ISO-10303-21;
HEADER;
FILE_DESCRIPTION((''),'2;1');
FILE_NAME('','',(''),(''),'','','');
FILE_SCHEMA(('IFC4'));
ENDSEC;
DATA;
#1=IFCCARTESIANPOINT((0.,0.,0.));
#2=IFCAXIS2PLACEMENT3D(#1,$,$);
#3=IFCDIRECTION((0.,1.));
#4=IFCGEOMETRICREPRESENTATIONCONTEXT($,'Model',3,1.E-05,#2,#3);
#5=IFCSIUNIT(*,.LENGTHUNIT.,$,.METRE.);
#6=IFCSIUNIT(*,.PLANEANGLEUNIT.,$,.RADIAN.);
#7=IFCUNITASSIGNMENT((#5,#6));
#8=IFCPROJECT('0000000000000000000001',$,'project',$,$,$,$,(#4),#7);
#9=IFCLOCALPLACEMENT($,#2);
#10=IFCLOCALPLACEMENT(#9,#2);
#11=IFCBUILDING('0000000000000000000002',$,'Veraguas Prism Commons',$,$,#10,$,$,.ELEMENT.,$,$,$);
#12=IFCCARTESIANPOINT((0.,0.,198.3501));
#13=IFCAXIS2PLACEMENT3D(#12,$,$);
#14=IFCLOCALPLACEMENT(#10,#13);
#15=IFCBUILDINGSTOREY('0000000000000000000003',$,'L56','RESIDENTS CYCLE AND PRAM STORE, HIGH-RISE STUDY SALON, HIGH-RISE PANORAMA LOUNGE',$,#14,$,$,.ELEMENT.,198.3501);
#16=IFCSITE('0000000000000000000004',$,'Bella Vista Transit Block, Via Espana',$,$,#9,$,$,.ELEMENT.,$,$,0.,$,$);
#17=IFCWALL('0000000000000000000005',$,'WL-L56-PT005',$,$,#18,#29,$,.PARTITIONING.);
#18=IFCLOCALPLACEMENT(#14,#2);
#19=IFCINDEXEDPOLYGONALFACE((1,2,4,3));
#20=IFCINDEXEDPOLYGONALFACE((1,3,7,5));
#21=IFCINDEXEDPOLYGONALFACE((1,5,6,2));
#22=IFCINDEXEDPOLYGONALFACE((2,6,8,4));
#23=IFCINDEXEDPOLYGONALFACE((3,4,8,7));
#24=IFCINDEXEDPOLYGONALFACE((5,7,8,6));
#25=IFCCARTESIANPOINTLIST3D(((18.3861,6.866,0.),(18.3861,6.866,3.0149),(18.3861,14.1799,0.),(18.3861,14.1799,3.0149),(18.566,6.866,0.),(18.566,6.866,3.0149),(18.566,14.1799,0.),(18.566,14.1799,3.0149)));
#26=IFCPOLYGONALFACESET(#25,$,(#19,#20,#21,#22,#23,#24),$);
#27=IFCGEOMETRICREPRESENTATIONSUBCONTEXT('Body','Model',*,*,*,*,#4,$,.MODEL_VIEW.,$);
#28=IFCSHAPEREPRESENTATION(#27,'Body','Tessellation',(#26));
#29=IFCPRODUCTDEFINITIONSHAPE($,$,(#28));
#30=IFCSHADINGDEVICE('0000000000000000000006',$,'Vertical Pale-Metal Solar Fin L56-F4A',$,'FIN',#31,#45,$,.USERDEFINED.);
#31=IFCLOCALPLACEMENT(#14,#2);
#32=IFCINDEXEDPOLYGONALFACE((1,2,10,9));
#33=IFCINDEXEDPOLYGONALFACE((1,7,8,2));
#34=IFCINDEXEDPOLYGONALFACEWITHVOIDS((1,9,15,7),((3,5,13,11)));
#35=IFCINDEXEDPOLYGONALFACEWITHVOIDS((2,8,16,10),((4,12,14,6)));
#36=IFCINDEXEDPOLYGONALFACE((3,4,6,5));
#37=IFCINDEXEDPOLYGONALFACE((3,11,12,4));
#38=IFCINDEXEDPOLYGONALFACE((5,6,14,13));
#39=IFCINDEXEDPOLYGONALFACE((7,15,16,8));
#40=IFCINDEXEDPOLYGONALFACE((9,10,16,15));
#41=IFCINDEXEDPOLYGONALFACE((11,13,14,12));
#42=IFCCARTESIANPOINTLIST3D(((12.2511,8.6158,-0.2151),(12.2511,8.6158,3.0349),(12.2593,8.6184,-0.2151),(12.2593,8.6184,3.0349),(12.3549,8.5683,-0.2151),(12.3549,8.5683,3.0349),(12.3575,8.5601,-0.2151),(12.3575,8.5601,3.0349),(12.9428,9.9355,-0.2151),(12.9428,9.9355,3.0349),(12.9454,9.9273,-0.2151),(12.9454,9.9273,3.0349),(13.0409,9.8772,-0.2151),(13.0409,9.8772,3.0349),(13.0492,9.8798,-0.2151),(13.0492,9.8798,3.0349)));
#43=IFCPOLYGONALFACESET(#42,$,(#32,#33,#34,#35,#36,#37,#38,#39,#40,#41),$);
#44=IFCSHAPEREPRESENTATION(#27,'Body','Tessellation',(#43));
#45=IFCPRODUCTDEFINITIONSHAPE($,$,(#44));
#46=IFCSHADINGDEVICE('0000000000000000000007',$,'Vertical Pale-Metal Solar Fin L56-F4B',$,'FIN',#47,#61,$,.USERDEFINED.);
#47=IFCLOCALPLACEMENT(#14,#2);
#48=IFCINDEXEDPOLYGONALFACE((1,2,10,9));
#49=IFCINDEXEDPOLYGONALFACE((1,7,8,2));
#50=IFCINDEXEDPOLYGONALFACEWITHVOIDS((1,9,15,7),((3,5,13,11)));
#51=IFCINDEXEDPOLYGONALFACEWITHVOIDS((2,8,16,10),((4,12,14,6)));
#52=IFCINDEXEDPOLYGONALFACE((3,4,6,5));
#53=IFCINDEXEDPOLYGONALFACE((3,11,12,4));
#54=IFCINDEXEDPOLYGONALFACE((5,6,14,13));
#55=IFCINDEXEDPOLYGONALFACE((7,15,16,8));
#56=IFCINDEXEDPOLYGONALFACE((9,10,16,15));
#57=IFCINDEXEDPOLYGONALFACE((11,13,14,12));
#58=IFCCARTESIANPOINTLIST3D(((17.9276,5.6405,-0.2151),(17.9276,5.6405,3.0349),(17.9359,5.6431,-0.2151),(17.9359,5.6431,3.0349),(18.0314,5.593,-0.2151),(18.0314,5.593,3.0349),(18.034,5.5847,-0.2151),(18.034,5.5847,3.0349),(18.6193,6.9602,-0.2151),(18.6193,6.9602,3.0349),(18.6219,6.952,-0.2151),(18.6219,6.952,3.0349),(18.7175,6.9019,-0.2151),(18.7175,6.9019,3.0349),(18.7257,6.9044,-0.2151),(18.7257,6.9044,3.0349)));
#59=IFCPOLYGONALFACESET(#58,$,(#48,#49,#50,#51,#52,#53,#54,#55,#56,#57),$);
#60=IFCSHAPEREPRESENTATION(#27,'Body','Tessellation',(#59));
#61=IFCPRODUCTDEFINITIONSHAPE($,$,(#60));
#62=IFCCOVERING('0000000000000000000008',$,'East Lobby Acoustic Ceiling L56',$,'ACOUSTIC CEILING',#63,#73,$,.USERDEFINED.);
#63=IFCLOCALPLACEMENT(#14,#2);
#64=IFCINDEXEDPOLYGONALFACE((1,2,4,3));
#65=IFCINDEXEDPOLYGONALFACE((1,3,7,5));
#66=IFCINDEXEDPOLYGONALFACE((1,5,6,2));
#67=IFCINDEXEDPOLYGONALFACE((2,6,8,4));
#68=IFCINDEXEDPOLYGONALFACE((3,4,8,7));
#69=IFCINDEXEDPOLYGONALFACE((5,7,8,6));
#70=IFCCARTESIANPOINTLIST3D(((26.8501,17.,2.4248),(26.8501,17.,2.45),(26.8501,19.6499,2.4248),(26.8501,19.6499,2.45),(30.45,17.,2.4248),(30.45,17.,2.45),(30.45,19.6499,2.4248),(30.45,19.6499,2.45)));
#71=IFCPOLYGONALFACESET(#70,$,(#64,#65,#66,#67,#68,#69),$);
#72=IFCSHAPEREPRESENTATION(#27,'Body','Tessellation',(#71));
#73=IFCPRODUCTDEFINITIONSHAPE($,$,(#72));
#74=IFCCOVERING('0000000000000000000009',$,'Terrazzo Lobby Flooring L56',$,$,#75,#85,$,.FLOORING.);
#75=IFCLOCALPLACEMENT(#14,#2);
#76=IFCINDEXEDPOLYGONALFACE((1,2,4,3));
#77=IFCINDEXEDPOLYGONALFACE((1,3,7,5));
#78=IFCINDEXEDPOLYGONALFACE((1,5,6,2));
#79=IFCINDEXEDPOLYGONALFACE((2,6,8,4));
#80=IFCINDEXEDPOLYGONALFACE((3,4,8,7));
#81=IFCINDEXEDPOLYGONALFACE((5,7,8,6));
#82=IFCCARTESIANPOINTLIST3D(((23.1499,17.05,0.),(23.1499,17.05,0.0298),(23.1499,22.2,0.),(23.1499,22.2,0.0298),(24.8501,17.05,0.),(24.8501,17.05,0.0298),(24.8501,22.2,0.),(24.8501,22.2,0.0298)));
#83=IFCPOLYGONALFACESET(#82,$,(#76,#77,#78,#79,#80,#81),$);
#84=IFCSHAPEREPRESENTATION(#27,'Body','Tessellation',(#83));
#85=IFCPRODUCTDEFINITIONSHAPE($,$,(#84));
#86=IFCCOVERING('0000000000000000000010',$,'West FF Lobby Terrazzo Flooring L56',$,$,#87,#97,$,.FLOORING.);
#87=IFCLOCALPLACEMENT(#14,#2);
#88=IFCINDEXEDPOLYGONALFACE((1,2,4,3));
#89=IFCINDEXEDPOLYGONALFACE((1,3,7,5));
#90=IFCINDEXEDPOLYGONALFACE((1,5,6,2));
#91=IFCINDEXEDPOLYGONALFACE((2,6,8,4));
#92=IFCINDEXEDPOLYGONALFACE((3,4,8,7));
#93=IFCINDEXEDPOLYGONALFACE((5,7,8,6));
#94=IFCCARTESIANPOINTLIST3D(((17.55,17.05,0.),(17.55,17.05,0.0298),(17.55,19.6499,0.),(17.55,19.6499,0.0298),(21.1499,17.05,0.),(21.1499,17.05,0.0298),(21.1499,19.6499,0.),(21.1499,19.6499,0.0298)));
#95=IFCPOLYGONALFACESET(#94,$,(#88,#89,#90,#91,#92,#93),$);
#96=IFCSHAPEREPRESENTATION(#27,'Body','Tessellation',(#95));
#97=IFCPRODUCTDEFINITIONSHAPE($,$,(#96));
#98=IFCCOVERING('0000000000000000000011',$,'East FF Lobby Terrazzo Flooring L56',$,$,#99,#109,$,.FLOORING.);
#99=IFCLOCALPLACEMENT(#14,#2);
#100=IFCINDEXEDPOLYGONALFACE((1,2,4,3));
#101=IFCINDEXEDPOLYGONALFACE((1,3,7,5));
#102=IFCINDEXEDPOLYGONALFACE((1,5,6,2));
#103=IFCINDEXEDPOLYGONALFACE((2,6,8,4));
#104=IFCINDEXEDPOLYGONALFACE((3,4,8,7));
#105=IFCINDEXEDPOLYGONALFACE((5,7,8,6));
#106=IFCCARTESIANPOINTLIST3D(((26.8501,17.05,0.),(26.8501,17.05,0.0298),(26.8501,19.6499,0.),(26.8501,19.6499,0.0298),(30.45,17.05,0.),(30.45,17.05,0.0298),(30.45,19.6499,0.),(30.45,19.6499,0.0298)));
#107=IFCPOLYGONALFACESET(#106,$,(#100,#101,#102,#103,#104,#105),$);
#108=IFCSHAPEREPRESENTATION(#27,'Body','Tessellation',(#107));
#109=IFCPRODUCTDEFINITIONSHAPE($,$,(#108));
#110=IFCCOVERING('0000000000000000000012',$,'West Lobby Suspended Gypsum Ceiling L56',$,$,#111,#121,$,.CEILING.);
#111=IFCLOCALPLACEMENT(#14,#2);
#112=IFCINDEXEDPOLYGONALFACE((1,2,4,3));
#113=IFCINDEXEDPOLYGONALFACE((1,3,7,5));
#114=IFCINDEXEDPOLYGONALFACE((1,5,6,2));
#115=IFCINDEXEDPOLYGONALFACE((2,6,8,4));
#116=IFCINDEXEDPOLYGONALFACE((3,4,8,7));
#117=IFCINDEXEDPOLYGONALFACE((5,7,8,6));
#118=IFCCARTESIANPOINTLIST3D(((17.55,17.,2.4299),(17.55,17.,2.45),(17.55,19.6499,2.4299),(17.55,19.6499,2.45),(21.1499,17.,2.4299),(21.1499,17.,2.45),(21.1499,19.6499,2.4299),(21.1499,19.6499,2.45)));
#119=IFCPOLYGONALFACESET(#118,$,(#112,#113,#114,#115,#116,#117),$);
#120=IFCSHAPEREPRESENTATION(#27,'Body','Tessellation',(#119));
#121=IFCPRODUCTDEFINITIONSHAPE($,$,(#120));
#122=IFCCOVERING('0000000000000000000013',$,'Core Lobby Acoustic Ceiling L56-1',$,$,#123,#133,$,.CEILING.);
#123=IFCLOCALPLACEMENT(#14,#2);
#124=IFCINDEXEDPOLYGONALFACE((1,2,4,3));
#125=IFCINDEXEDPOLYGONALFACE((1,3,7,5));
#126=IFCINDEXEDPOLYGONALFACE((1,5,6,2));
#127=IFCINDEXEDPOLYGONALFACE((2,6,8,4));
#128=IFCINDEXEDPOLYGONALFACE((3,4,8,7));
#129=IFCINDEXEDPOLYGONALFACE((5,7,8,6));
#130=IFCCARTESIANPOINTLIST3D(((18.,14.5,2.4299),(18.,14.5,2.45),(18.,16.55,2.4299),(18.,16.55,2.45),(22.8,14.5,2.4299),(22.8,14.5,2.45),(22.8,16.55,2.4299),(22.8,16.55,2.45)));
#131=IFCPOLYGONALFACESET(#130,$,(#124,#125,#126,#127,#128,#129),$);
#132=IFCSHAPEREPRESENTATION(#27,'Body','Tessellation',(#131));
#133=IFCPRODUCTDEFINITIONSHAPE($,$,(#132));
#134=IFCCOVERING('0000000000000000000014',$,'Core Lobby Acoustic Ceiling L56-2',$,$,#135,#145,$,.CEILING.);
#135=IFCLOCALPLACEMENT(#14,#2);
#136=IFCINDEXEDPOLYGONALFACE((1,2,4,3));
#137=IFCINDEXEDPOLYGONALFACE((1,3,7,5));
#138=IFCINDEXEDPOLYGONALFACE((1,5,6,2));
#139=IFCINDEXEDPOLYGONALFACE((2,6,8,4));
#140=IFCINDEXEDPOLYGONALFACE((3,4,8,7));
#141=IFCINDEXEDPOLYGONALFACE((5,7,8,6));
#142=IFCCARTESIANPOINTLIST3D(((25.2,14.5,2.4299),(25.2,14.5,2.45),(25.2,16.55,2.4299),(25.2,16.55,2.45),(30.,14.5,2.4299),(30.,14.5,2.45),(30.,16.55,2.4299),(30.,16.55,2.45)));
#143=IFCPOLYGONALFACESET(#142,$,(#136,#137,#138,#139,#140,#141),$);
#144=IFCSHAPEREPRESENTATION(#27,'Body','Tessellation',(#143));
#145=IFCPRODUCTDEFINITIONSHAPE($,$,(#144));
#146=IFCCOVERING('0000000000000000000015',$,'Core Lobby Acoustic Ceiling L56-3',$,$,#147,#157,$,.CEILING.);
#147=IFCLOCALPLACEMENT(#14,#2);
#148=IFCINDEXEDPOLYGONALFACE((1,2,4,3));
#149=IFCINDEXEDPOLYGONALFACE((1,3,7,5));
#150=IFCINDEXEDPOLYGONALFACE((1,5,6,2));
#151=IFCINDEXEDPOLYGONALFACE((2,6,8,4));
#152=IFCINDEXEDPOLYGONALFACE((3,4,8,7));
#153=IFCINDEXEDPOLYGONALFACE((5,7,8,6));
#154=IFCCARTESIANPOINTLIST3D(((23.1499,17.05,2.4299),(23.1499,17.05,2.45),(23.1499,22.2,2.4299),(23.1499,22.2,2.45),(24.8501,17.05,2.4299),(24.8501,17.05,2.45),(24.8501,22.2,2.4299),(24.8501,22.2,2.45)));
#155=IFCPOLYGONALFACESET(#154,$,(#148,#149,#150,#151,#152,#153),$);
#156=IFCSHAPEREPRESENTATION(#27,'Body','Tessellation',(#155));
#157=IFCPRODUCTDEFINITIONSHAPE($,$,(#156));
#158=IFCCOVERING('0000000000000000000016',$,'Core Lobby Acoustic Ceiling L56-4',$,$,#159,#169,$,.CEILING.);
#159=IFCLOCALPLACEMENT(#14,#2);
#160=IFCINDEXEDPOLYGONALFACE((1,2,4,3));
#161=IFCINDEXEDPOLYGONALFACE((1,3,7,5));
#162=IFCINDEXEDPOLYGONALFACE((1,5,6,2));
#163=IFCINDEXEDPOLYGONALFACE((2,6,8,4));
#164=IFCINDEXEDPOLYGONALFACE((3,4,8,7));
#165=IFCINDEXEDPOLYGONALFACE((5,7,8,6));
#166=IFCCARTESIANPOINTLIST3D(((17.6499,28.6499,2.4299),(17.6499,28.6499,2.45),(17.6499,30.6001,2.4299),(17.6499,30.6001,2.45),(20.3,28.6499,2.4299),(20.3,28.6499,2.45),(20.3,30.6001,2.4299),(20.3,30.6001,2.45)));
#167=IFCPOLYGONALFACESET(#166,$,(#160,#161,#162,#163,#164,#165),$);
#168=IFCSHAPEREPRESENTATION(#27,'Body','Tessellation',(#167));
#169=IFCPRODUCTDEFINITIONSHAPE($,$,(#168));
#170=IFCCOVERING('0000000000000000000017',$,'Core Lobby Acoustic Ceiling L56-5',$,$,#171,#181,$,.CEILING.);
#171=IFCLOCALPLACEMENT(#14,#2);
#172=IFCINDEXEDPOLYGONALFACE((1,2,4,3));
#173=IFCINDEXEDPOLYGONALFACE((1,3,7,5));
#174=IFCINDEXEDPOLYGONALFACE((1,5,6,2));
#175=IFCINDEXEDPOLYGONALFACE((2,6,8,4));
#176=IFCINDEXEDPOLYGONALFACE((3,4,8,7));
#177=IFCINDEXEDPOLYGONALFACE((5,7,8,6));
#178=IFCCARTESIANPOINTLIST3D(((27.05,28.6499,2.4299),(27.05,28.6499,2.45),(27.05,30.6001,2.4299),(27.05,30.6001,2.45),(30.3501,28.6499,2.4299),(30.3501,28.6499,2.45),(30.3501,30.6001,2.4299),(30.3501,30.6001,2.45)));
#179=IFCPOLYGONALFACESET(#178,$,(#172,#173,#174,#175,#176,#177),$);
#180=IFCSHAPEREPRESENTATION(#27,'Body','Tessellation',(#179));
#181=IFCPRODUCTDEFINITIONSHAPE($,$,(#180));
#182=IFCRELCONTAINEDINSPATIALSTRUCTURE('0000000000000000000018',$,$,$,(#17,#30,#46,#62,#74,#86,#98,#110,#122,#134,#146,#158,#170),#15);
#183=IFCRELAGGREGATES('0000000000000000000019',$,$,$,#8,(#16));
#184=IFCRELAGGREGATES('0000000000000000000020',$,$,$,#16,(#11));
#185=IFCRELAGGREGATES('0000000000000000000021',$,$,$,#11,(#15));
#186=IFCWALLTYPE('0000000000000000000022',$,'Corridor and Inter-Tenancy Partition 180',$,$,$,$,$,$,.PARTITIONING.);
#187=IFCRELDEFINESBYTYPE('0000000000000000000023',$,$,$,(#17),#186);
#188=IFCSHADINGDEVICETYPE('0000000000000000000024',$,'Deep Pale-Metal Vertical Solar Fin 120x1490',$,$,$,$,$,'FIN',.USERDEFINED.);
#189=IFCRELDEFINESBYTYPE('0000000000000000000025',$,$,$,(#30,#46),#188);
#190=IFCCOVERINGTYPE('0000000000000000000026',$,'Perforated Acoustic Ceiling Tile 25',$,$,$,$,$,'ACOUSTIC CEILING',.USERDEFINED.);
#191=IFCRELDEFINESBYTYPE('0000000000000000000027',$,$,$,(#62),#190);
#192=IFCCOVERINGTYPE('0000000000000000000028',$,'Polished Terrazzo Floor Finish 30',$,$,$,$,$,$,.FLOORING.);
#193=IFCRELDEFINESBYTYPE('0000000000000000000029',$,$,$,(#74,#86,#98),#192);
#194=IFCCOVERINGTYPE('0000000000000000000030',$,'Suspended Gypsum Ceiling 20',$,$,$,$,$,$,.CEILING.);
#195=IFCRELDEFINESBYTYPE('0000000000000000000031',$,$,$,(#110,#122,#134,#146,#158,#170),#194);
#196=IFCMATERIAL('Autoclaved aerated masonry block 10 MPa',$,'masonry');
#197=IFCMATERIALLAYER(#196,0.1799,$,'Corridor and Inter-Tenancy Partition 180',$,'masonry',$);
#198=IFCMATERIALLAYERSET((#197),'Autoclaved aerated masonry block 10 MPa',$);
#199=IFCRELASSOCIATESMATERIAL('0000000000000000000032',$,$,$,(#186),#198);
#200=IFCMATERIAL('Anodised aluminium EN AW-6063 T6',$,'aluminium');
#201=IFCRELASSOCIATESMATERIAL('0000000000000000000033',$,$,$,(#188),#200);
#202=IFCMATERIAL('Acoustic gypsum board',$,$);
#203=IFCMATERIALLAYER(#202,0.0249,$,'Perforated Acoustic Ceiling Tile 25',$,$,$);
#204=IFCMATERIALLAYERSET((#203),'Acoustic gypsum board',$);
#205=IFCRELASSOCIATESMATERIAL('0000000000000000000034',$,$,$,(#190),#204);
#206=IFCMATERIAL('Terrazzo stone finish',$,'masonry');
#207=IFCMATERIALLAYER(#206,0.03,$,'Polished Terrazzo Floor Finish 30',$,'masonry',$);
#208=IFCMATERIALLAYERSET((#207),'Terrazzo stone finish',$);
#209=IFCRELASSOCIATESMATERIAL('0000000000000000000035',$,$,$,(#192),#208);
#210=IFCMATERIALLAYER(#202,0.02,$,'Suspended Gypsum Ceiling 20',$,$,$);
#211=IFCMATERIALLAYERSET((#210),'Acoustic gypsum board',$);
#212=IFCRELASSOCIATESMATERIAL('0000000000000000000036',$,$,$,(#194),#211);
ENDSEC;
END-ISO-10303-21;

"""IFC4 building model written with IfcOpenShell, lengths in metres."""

from ifc_helpers import new_model, si_unit, direction, frame, frame_2d, origin, origin_2d, place, context, subcontext, project, spatial, polyline, rectangle, hollow_rectangle, outline, extrude, material, layer, layer_set, material_profile, profile_set, type_object, element, save


model = new_model("IFC4")

# Units and contexts
model_context = context("Model", 3, precision=1e-05, world=origin(), true_north=direction((0.0, 1.0)))
body_context = subcontext(model_context, "Body", "Model", "MODEL_VIEW")
ifc_project = project(units=[si_unit("LENGTHUNIT", "METRE"), si_unit("PLANEANGLEUNIT", "RADIAN")], contexts=[model_context])

# Site, building, storey
site_placement = place(None, origin())
site = spatial("IfcSite", under=ifc_project, at=site_placement, Name="Bella Vista Transit Block, Via Espana", CompositionType="ELEMENT", RefElevation=0.0)
building_placement = place(site_placement, origin())
building = spatial("IfcBuilding", under=site, at=building_placement, Name="Veraguas Prism Commons", CompositionType="ELEMENT")
storey_placement = place(building_placement, frame((0.0, 0.0, 198.3501)))
storey = spatial("IfcBuildingStorey", under=building, at=storey_placement, Name="L56", Description="RESIDENTS CYCLE AND PRAM STORE, HIGH-RISE STUDY SALON, HIGH-RISE PANORAMA LOUNGE", CompositionType="ELEMENT", Elevation=198.3501)

# Shared definitions
ifc_material_1 = material(Name="Anodised aluminium EN AW-6063 T6", Category="aluminium")

# Wall
ifc_material_2 = material(Name="Autoclaved aerated masonry block 10 MPa", Category="masonry")
ifc_layer_1 = layer(ifc_material_2, 0.1799, Name="Corridor and Inter-Tenancy Partition 180", Category="masonry")
ifc_layer_set_1 = layer_set([ifc_layer_1], Name="Autoclaved aerated masonry block 10 MPa")
wall_type = type_object("IfcWallType", Name="Corridor and Inter-Tenancy Partition 180", PredefinedType="PARTITIONING", material=ifc_layer_set_1)
wall_1_placement = place(storey_placement, frame((18.4761, 14.1799, 0.0), z_axis=(0.0, 0.0, 1.0), x_axis=(0.0, -1.0, 0.0)))
element("IfcWall", 1, at=wall_1_placement, inside=storey, type_object=wall_type, Name="WL-L56-PT005", PredefinedType="PARTITIONING", context=body_context, shape_type="SweptSolid", body=[
    extrude(rectangle(XDim=7.314, YDim=0.1799, at=frame_2d((3.657, 0.0))), origin(), (0.0, 0.0, 1.0), 3.0149),
])

# Shading devices
ifc_material_profile_1 = material_profile(ifc_material_1, hollow_rectangle(XDim=0.1201, YDim=1.49, WallThickness=0.0061, at=origin_2d()), Name="FIN120X1490X6")
ifc_profile_set_1 = profile_set([ifc_material_profile_1], Name="Anodised aluminium EN AW-6063 T6")
shading_device_type = type_object("IfcShadingDeviceType", Name="Deep Pale-Metal Vertical Solar Fin 120x1490", ElementType="FIN", PredefinedType="USERDEFINED", material=ifc_profile_set_1)
for number, where, z_axis, x_axis, name in (
    (2, (12.6501, 9.2478, -0.2151), (0.0, 0.0, 1.0), (0.885719, -0.464222, 0.0), "Vertical Pale-Metal Solar Fin L56-F4A"),
    (3, (18.3267, 6.2725, -0.2151), (0.0, 0.0, 1.0), (0.885719, -0.464222, 0.0), "Vertical Pale-Metal Solar Fin L56-F4B"),
):
    element("IfcShadingDevice", number, at=place(storey_placement, frame(where, z_axis=z_axis, x_axis=x_axis)), inside=storey, type_object=shading_device_type, Name=name, ObjectType="FIN", PredefinedType="USERDEFINED", context=body_context, shape_type="SweptSolid", body=[
        extrude(hollow_rectangle(XDim=0.1201, YDim=1.49, WallThickness=0.0061, at=origin_2d()), origin(), (0.0, 0.0, 1.0), 3.25),
    ])

# Coverings
ifc_material_3 = material(Name="Acoustic gypsum board")
ifc_layer_2 = layer(ifc_material_3, 0.0249, Name="Perforated Acoustic Ceiling Tile 25")
ifc_layer_set_2 = layer_set([ifc_layer_2], Name="Acoustic gypsum board")
covering_type_1 = type_object("IfcCoveringType", Name="Perforated Acoustic Ceiling Tile 25", ElementType="ACOUSTIC CEILING", PredefinedType="USERDEFINED", material=ifc_layer_set_2)
covering_1_placement = place(storey_placement, frame((0.0, 0.0, 2.4248)))
element("IfcCovering", 4, at=covering_1_placement, inside=storey, type_object=covering_type_1, Name="East Lobby Acoustic Ceiling L56", ObjectType="ACOUSTIC CEILING", PredefinedType="USERDEFINED", context=body_context, shape_type="SweptSolid", body=[
    extrude(outline(polyline([(26.8501, 17.0), (30.45, 17.0), (30.45, 19.6499), (26.8501, 19.6499), (26.8501, 17.0)])), origin(), (0.0, 0.0, 1.0), 0.0251),
])
ifc_material_4 = material(Name="Terrazzo stone finish", Category="masonry")
ifc_layer_3 = layer(ifc_material_4, 0.03, Name="Polished Terrazzo Floor Finish 30", Category="masonry")
ifc_layer_set_3 = layer_set([ifc_layer_3], Name="Terrazzo stone finish")
covering_type_2 = type_object("IfcCoveringType", Name="Polished Terrazzo Floor Finish 30", PredefinedType="FLOORING", material=ifc_layer_set_3)
covering_2_placement = place(storey_placement, origin())
element("IfcCovering", 5, at=covering_2_placement, inside=storey, type_object=covering_type_2, Name="Terrazzo Lobby Flooring L56", PredefinedType="FLOORING", context=body_context, shape_type="SweptSolid", body=[
    extrude(outline(polyline([(23.1499, 17.05), (24.8501, 17.05), (24.8501, 22.2), (23.1499, 22.2), (23.1499, 17.05)])), origin(), (0.0, 0.0, 1.0), 0.0298),
])
covering_3_placement = place(storey_placement, origin())
element("IfcCovering", 6, at=covering_3_placement, inside=storey, type_object=covering_type_2, Name="West FF Lobby Terrazzo Flooring L56", PredefinedType="FLOORING", context=body_context, shape_type="SweptSolid", body=[
    extrude(outline(polyline([(17.55, 17.05), (21.1499, 17.05), (21.1499, 19.6499), (17.55, 19.6499), (17.55, 17.05)])), origin(), (0.0, 0.0, 1.0), 0.0298),
])
covering_4_placement = place(storey_placement, origin())
element("IfcCovering", 7, at=covering_4_placement, inside=storey, type_object=covering_type_2, Name="East FF Lobby Terrazzo Flooring L56", PredefinedType="FLOORING", context=body_context, shape_type="SweptSolid", body=[
    extrude(outline(polyline([(26.8501, 17.05), (30.45, 17.05), (30.45, 19.6499), (26.8501, 19.6499), (26.8501, 17.05)])), origin(), (0.0, 0.0, 1.0), 0.0298),
])
ifc_layer_4 = layer(ifc_material_3, 0.02, Name="Suspended Gypsum Ceiling 20")
ifc_layer_set_4 = layer_set([ifc_layer_4], Name="Acoustic gypsum board")
covering_type_3 = type_object("IfcCoveringType", Name="Suspended Gypsum Ceiling 20", PredefinedType="CEILING", material=ifc_layer_set_4)
covering_5_placement = place(storey_placement, frame((0.0, 0.0, 2.4299)))
element("IfcCovering", 8, at=covering_5_placement, inside=storey, type_object=covering_type_3, Name="West Lobby Suspended Gypsum Ceiling L56", PredefinedType="CEILING", context=body_context, shape_type="SweptSolid", body=[
    extrude(outline(polyline([(17.55, 17.0), (21.1499, 17.0), (21.1499, 19.6499), (17.55, 19.6499), (17.55, 17.0)])), origin(), (0.0, 0.0, 1.0), 0.02),
])
covering_6_placement = place(storey_placement, frame((0.0, 0.0, 2.4299)))
element("IfcCovering", 9, at=covering_6_placement, inside=storey, type_object=covering_type_3, Name="Core Lobby Acoustic Ceiling L56-1", PredefinedType="CEILING", context=body_context, shape_type="SweptSolid", body=[
    extrude(outline(polyline([(18.0, 14.5), (22.8, 14.5), (22.8, 16.55), (18.0, 16.55), (18.0, 14.5)])), origin(), (0.0, 0.0, 1.0), 0.02),
])
covering_7_placement = place(storey_placement, frame((0.0, 0.0, 2.4299)))
element("IfcCovering", 10, at=covering_7_placement, inside=storey, type_object=covering_type_3, Name="Core Lobby Acoustic Ceiling L56-2", PredefinedType="CEILING", context=body_context, shape_type="SweptSolid", body=[
    extrude(outline(polyline([(25.2, 14.5), (30.0, 14.5), (30.0, 16.55), (25.2, 16.55), (25.2, 14.5)])), origin(), (0.0, 0.0, 1.0), 0.02),
])
covering_8_placement = place(storey_placement, frame((0.0, 0.0, 2.4299)))
element("IfcCovering", 11, at=covering_8_placement, inside=storey, type_object=covering_type_3, Name="Core Lobby Acoustic Ceiling L56-3", PredefinedType="CEILING", context=body_context, shape_type="SweptSolid", body=[
    extrude(outline(polyline([(23.1499, 17.05), (24.8501, 17.05), (24.8501, 22.2), (23.1499, 22.2), (23.1499, 17.05)])), origin(), (0.0, 0.0, 1.0), 0.02),
])
covering_9_placement = place(storey_placement, frame((0.0, 0.0, 2.4299)))
element("IfcCovering", 12, at=covering_9_placement, inside=storey, type_object=covering_type_3, Name="Core Lobby Acoustic Ceiling L56-4", PredefinedType="CEILING", context=body_context, shape_type="SweptSolid", body=[
    extrude(outline(polyline([(17.6499, 28.6499), (20.3, 28.6499), (20.3, 30.6001), (17.6499, 30.6001), (17.6499, 28.6499)])), origin(), (0.0, 0.0, 1.0), 0.02),
])
covering_10_placement = place(storey_placement, frame((0.0, 0.0, 2.4299)))
element("IfcCovering", 13, at=covering_10_placement, inside=storey, type_object=covering_type_3, Name="Core Lobby Acoustic Ceiling L56-5", PredefinedType="CEILING", context=body_context, shape_type="SweptSolid", body=[
    extrude(outline(polyline([(27.05, 28.6499), (30.3501, 28.6499), (30.3501, 30.6001), (27.05, 30.6001), (27.05, 28.6499)])), origin(), (0.0, 0.0, 1.0), 0.02),
])

save(model, "model.ifc")
